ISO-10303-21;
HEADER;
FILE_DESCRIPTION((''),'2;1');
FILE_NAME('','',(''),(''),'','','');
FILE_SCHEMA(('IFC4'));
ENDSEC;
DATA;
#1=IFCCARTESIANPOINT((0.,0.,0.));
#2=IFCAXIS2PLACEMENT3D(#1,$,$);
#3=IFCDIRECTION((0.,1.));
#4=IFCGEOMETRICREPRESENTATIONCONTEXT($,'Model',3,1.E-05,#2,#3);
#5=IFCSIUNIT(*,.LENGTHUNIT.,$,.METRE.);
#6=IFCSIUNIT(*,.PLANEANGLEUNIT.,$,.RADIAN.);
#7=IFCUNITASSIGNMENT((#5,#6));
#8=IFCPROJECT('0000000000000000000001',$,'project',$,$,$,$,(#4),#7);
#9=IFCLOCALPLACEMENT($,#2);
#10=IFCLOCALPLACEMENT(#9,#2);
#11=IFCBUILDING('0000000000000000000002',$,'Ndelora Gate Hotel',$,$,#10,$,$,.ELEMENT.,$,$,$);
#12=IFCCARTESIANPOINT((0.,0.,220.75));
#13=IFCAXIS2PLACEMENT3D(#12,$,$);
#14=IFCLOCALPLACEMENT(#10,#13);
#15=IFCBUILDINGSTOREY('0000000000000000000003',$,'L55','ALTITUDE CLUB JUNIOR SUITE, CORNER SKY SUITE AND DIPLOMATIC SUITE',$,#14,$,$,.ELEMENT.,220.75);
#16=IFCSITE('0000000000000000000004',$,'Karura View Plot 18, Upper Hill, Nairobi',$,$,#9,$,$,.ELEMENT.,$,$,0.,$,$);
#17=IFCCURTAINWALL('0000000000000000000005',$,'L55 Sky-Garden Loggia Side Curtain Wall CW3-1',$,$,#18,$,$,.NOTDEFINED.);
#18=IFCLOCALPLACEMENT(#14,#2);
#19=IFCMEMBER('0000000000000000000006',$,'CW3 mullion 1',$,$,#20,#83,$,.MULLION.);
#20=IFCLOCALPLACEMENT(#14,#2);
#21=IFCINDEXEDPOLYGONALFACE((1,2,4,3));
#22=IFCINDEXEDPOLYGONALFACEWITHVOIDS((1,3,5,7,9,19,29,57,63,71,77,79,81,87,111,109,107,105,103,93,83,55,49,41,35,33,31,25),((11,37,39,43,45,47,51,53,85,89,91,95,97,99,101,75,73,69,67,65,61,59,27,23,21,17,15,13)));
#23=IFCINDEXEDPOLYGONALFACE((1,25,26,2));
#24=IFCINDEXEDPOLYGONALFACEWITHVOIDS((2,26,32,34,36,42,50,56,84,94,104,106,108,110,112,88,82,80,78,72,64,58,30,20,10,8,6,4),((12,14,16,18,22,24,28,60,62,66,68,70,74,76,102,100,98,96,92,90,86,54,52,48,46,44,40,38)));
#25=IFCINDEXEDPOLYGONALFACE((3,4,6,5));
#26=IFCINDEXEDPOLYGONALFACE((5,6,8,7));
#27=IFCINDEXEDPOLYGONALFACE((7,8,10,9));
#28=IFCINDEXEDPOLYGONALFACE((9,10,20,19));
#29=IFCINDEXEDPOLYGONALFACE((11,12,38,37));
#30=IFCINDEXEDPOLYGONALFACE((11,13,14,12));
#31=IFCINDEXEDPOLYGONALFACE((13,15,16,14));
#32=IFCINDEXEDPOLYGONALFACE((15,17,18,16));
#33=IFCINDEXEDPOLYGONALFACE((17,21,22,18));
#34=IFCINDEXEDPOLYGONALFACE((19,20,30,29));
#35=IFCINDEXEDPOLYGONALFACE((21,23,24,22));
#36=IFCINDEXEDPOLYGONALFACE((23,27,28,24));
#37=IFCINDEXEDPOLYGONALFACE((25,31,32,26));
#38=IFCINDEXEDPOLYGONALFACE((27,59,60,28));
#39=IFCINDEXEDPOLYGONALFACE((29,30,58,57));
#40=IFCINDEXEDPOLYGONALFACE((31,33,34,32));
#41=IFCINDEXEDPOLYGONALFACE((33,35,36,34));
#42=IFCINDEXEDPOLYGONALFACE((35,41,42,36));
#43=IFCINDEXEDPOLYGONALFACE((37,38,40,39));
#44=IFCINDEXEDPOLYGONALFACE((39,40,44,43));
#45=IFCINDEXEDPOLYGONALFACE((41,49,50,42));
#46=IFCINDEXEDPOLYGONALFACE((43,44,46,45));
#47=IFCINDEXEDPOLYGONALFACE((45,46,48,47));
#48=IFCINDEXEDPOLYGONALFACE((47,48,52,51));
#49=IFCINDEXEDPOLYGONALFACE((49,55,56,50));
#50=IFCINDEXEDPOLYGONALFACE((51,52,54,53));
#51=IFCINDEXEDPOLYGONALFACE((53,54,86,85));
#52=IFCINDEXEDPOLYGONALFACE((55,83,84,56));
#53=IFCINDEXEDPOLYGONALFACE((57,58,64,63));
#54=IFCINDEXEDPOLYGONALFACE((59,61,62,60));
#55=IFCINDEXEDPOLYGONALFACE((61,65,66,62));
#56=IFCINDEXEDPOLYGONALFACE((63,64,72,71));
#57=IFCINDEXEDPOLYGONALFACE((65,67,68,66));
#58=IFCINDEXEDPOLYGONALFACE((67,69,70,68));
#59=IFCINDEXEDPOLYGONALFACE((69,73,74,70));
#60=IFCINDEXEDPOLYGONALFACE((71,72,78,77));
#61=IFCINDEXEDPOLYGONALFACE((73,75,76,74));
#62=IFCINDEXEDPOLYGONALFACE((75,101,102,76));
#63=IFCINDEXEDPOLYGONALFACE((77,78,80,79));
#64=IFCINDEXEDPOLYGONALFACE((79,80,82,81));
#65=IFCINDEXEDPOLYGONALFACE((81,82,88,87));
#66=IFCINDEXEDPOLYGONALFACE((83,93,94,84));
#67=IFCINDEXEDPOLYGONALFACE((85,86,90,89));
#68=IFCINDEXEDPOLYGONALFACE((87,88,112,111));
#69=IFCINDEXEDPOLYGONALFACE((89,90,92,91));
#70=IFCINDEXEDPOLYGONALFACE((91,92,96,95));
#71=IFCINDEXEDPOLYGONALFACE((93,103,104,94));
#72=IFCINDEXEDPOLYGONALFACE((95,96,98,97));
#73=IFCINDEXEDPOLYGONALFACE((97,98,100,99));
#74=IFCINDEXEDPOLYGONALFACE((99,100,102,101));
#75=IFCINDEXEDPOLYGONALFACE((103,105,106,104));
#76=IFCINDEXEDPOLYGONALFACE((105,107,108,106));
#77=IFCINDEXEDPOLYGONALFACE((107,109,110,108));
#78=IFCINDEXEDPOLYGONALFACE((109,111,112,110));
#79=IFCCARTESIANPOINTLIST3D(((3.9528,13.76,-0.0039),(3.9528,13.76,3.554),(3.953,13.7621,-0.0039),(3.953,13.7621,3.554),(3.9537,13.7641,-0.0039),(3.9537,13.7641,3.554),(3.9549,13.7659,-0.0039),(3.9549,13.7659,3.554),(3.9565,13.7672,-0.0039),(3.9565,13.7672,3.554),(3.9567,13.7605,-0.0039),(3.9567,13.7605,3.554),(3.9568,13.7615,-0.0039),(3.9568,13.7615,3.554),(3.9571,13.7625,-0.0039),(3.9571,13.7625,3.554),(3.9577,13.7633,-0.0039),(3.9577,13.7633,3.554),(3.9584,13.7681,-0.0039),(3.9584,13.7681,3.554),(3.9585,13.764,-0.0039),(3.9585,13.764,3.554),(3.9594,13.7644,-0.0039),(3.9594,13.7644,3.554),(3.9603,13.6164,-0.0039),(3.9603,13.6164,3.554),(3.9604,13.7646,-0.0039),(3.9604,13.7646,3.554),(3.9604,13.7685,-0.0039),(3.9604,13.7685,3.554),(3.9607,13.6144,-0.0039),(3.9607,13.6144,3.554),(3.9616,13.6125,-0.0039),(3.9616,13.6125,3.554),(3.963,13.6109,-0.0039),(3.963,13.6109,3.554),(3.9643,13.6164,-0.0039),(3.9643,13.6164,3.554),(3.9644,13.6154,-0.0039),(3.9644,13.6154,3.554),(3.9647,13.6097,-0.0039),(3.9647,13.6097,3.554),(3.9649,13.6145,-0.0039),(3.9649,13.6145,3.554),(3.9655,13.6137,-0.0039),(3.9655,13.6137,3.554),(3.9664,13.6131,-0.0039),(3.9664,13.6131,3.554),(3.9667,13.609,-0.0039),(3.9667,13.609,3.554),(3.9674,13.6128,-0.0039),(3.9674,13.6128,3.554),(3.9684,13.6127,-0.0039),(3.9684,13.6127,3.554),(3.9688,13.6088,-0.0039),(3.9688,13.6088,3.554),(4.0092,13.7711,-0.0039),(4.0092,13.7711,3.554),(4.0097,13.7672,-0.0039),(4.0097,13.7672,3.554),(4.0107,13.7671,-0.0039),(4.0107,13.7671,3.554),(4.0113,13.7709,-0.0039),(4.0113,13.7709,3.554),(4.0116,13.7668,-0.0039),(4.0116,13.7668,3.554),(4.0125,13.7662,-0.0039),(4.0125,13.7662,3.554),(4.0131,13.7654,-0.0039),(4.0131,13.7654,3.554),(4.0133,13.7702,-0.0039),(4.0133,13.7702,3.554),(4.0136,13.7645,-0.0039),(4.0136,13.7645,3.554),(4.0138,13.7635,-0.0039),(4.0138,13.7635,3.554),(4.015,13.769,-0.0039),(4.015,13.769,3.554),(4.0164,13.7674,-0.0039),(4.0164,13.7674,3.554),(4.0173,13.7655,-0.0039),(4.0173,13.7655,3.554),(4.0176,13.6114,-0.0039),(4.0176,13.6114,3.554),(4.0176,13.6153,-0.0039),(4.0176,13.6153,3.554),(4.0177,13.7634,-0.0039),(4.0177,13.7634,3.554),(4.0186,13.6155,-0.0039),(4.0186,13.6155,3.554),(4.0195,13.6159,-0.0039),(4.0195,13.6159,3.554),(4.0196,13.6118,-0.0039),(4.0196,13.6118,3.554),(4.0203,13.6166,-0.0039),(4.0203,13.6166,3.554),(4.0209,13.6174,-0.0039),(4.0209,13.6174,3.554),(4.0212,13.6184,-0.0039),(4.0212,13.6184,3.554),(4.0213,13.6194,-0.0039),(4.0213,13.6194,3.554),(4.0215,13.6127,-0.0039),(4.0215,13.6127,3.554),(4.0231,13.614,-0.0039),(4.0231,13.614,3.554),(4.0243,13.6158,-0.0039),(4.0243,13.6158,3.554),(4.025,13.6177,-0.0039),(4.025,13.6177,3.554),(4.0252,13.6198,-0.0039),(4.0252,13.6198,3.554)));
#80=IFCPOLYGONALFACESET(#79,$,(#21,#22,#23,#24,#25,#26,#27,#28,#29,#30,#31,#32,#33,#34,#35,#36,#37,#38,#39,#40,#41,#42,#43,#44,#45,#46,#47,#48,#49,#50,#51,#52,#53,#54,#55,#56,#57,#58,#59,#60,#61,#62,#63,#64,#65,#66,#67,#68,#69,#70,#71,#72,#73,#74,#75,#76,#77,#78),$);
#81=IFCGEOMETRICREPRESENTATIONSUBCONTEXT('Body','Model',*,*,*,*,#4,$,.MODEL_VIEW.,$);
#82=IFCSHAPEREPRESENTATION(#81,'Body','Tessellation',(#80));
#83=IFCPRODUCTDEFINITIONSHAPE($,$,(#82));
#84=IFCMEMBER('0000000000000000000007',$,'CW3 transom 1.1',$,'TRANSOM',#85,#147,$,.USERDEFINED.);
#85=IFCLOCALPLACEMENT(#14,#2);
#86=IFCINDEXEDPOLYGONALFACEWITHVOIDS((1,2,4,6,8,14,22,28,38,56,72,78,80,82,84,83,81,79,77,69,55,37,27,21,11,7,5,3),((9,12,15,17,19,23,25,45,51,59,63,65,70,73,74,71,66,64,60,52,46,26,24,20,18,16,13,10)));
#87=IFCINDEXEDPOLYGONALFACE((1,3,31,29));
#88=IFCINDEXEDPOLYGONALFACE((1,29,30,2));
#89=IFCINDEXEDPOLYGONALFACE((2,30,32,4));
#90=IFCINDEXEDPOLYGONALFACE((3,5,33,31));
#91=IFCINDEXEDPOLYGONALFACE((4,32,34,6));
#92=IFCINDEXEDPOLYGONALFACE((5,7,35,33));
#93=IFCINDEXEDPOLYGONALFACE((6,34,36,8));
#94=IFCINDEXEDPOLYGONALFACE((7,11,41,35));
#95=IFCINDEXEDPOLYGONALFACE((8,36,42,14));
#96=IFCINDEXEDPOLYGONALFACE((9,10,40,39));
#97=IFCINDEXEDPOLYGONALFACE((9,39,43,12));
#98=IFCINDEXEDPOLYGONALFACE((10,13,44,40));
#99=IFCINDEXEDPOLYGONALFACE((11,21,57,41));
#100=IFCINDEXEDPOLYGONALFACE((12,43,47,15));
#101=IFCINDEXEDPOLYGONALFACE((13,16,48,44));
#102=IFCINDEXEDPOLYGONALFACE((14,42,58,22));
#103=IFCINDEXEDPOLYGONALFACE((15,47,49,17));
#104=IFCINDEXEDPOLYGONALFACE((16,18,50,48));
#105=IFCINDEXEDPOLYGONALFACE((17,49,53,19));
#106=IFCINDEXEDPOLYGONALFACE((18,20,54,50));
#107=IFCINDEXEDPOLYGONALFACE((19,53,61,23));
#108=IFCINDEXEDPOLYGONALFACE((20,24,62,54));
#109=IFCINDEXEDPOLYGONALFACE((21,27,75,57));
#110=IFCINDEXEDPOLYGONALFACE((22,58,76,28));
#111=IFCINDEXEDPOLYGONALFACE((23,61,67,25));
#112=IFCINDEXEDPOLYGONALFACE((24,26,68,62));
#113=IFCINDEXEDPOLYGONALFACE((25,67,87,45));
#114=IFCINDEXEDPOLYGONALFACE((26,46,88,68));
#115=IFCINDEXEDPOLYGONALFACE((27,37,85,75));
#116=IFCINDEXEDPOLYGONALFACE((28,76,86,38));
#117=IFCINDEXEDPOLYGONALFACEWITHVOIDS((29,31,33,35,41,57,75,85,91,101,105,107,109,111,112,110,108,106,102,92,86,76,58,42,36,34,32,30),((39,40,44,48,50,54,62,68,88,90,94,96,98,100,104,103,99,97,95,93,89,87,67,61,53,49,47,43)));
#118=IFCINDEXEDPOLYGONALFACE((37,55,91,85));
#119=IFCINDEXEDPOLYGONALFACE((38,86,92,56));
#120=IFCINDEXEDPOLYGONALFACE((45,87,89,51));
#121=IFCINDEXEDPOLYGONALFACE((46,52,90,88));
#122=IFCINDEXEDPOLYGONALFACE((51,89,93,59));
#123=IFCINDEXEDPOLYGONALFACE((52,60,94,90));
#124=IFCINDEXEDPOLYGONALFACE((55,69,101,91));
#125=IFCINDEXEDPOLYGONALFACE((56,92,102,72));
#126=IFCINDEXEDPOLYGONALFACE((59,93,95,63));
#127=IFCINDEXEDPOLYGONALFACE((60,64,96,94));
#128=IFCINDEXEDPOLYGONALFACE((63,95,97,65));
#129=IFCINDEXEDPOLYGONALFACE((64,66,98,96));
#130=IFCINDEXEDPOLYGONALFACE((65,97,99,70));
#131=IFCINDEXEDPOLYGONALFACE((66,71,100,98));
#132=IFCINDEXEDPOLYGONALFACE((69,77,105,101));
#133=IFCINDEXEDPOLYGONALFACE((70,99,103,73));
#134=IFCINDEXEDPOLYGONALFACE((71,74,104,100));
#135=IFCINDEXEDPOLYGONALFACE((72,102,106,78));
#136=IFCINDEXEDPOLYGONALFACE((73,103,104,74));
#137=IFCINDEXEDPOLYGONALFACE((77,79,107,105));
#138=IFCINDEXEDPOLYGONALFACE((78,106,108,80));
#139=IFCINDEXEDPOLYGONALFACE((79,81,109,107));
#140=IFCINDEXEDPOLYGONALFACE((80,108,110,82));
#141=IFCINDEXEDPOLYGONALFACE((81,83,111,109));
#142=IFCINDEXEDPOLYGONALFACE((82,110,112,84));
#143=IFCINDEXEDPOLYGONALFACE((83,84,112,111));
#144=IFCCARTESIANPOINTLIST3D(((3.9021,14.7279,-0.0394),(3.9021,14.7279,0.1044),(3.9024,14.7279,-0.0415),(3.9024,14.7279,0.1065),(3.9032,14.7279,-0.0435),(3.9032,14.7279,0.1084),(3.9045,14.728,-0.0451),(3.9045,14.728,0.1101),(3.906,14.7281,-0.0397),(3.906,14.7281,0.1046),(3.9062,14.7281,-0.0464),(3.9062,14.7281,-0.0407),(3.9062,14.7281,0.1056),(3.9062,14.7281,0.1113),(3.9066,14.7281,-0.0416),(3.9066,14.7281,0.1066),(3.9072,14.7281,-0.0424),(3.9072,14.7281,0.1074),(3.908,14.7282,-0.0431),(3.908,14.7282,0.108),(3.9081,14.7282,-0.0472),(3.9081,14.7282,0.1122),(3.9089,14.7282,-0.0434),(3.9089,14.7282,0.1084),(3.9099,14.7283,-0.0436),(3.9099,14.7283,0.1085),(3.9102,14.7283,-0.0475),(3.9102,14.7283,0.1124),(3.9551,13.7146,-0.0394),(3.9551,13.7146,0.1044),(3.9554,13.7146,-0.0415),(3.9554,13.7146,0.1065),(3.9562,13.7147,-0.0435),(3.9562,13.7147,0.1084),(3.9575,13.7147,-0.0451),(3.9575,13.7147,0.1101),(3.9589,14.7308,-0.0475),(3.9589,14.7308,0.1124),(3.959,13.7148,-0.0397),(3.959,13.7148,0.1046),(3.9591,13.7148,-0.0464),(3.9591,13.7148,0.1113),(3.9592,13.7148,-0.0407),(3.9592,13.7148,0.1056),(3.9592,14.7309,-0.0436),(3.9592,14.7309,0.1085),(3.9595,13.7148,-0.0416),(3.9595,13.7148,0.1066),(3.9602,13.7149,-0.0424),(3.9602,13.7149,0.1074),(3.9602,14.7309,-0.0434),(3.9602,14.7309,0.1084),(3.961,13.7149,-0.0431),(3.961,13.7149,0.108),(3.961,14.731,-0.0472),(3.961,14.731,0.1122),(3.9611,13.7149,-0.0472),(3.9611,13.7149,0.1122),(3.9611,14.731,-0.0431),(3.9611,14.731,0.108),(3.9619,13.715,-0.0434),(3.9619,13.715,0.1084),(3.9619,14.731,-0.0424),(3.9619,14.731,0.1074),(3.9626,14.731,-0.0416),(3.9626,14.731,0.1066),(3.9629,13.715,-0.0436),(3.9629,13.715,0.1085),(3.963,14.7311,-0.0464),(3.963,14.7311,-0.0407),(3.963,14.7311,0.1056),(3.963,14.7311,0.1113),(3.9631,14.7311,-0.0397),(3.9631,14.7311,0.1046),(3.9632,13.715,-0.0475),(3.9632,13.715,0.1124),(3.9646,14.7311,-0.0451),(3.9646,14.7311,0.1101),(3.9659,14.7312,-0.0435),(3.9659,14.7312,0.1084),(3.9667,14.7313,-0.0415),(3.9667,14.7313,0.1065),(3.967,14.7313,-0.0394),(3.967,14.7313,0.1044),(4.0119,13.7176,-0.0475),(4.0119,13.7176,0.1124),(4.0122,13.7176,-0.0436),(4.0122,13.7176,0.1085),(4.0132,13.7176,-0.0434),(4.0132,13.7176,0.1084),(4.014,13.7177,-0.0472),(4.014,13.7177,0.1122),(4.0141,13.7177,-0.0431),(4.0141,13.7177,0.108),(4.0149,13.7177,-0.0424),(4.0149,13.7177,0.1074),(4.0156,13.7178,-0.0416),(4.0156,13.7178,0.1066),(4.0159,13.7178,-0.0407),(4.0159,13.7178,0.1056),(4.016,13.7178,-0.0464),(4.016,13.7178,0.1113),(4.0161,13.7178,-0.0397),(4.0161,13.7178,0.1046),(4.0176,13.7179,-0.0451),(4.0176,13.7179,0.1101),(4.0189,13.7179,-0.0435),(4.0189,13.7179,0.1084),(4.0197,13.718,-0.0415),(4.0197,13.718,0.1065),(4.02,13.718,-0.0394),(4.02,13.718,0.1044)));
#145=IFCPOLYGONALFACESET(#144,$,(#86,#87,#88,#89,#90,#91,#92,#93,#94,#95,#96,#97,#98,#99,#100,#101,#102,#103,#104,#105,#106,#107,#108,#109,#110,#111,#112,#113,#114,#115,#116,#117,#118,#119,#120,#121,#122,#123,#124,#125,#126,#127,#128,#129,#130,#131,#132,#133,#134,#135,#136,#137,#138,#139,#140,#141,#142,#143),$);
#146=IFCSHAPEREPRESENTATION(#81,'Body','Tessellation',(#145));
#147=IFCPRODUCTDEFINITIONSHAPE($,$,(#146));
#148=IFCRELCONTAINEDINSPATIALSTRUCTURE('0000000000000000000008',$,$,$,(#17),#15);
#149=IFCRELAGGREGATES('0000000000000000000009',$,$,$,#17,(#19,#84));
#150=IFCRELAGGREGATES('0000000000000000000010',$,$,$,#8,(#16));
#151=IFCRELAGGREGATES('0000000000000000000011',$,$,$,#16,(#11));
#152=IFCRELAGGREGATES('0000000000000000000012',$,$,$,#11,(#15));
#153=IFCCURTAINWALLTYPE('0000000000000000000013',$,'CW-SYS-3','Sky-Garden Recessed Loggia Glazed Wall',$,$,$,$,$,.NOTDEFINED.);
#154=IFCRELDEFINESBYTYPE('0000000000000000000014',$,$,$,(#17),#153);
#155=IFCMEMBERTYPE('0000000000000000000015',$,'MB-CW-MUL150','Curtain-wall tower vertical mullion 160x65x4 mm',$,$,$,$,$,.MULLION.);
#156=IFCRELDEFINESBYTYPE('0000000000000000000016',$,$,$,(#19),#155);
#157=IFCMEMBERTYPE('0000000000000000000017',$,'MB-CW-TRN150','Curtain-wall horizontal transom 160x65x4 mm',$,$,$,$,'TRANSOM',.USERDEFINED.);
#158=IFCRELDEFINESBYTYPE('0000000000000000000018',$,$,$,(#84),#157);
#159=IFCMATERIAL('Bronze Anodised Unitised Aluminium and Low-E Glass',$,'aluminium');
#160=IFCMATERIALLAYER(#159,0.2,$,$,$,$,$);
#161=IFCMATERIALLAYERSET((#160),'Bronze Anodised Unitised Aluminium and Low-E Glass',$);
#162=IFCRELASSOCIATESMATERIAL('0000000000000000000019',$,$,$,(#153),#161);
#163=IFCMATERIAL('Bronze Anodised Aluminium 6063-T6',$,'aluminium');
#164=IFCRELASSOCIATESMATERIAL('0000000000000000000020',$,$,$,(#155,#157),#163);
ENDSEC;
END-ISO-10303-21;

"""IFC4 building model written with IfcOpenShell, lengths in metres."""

from ifc_helpers import new_model, si_unit, direction, frame, origin, origin_2d, place, context, subcontext, project, spatial, hollow_rectangle, extrude, material, layer, layer_set, material_profile, profile_set, type_object, element, aggregate, save


model = new_model("IFC4")

# Units and contexts
model_context = context("Model", 3, precision=1e-05, world=origin(), true_north=direction((0.0, 1.0)))
body_context = subcontext(model_context, "Body", "Model", "MODEL_VIEW")
ifc_project = project(units=[si_unit("LENGTHUNIT", "METRE"), si_unit("PLANEANGLEUNIT", "RADIAN")], contexts=[model_context])

# Site, building, storey
site_placement = place(None, origin())
site = spatial("IfcSite", under=ifc_project, at=site_placement, Name="Karura View Plot 18, Upper Hill, Nairobi", CompositionType="ELEMENT", RefElevation=0.0)
building_placement = place(site_placement, origin())
building = spatial("IfcBuilding", under=site, at=building_placement, Name="Ndelora Gate Hotel", CompositionType="ELEMENT")
storey_placement = place(building_placement, frame((0.0, 0.0, 220.75)))
storey = spatial("IfcBuildingStorey", under=building, at=storey_placement, Name="L55", Description="ALTITUDE CLUB JUNIOR SUITE, CORNER SKY SUITE AND DIPLOMATIC SUITE", CompositionType="ELEMENT", Elevation=220.75)

# Curtain wall, members
ifc_material_1 = material(Name="Bronze Anodised Unitised Aluminium and Low-E Glass", Category="aluminium")
ifc_layer_1 = layer(ifc_material_1, 0.2)
ifc_layer_set_1 = layer_set([ifc_layer_1], Name="Bronze Anodised Unitised Aluminium and Low-E Glass")
curtain_wall_type = type_object("IfcCurtainWallType", Name="CW-SYS-3", Description="Sky-Garden Recessed Loggia Glazed Wall", PredefinedType="NOTDEFINED", material=ifc_layer_set_1)
curtain_wall_placement = place(storey_placement, origin())
curtain_wall = element("IfcCurtainWall", 1, at=curtain_wall_placement, inside=storey, type_object=curtain_wall_type, Name="L55 Sky-Garden Loggia Side Curtain Wall CW3-1", PredefinedType="NOTDEFINED")
ifc_material_2 = material(Name="Bronze Anodised Aluminium 6063-T6", Category="aluminium")
ifc_material_profile_1 = material_profile(ifc_material_2, hollow_rectangle(XDim=0.0649, YDim=0.1599, WallThickness=0.0039, InnerFilletRadius=0.0039, OuterFilletRadius=0.0081, at=origin_2d()), Name="ALU 160x65x4")
ifc_profile_set_1 = profile_set([ifc_material_profile_1], Name="Bronze Anodised Aluminium 6063-T6")
member_type_1 = type_object("IfcMemberType", Name="MB-CW-MUL150", Description="Curtain-wall tower vertical mullion 160x65x4 mm", PredefinedType="MULLION", material=ifc_profile_set_1)
member_1_placement = place(storey_placement, frame((3.989, 13.6899, -0.0039), z_axis=(0.0, 0.0, 1.0), x_axis=(-0.99863, -0.052318, 0.0)))
member_1 = element("IfcMember", 2, at=member_1_placement, type_object=member_type_1, Name="CW3 mullion 1", PredefinedType="MULLION", context=body_context, shape_type="SweptSolid", body=[
    extrude(hollow_rectangle(XDim=0.0649, YDim=0.1599, WallThickness=0.0039, InnerFilletRadius=0.0039, OuterFilletRadius=0.0081, at=origin_2d()), origin(), (0.0, 0.0, 1.0), 3.5579),
])
ifc_material_profile_2 = material_profile(ifc_material_2, hollow_rectangle(XDim=0.0649, YDim=0.1599, WallThickness=0.0039, InnerFilletRadius=0.0039, OuterFilletRadius=0.0081, at=origin_2d()), Name="ALU 160x65x4")
ifc_profile_set_2 = profile_set([ifc_material_profile_2], Name="Bronze Anodised Aluminium 6063-T6")
member_type_2 = type_object("IfcMemberType", Name="MB-CW-TRN150", Description="Curtain-wall horizontal transom 160x65x4 mm", ElementType="TRANSOM", PredefinedType="USERDEFINED", material=ifc_profile_set_2)
member_2_placement = place(storey_placement, frame((3.9875, 13.7163, 0.0325), z_axis=(-0.052218, 0.998636, 0.0), x_axis=(-0.998636, -0.052218, 0.0)))
member_2 = element("IfcMember", 3, at=member_2_placement, type_object=member_type_2, Name="CW3 transom 1.1", ObjectType="TRANSOM", PredefinedType="USERDEFINED", context=body_context, shape_type="SweptSolid", body=[
    extrude(hollow_rectangle(XDim=0.0649, YDim=0.1599, WallThickness=0.0039, InnerFilletRadius=0.0039, OuterFilletRadius=0.0081, at=origin_2d()), origin(), (0.0, 0.0, 1.0), 1.0146),
])
aggregate(curtain_wall, [member_1, member_2])

save(model, "model.ifc")
